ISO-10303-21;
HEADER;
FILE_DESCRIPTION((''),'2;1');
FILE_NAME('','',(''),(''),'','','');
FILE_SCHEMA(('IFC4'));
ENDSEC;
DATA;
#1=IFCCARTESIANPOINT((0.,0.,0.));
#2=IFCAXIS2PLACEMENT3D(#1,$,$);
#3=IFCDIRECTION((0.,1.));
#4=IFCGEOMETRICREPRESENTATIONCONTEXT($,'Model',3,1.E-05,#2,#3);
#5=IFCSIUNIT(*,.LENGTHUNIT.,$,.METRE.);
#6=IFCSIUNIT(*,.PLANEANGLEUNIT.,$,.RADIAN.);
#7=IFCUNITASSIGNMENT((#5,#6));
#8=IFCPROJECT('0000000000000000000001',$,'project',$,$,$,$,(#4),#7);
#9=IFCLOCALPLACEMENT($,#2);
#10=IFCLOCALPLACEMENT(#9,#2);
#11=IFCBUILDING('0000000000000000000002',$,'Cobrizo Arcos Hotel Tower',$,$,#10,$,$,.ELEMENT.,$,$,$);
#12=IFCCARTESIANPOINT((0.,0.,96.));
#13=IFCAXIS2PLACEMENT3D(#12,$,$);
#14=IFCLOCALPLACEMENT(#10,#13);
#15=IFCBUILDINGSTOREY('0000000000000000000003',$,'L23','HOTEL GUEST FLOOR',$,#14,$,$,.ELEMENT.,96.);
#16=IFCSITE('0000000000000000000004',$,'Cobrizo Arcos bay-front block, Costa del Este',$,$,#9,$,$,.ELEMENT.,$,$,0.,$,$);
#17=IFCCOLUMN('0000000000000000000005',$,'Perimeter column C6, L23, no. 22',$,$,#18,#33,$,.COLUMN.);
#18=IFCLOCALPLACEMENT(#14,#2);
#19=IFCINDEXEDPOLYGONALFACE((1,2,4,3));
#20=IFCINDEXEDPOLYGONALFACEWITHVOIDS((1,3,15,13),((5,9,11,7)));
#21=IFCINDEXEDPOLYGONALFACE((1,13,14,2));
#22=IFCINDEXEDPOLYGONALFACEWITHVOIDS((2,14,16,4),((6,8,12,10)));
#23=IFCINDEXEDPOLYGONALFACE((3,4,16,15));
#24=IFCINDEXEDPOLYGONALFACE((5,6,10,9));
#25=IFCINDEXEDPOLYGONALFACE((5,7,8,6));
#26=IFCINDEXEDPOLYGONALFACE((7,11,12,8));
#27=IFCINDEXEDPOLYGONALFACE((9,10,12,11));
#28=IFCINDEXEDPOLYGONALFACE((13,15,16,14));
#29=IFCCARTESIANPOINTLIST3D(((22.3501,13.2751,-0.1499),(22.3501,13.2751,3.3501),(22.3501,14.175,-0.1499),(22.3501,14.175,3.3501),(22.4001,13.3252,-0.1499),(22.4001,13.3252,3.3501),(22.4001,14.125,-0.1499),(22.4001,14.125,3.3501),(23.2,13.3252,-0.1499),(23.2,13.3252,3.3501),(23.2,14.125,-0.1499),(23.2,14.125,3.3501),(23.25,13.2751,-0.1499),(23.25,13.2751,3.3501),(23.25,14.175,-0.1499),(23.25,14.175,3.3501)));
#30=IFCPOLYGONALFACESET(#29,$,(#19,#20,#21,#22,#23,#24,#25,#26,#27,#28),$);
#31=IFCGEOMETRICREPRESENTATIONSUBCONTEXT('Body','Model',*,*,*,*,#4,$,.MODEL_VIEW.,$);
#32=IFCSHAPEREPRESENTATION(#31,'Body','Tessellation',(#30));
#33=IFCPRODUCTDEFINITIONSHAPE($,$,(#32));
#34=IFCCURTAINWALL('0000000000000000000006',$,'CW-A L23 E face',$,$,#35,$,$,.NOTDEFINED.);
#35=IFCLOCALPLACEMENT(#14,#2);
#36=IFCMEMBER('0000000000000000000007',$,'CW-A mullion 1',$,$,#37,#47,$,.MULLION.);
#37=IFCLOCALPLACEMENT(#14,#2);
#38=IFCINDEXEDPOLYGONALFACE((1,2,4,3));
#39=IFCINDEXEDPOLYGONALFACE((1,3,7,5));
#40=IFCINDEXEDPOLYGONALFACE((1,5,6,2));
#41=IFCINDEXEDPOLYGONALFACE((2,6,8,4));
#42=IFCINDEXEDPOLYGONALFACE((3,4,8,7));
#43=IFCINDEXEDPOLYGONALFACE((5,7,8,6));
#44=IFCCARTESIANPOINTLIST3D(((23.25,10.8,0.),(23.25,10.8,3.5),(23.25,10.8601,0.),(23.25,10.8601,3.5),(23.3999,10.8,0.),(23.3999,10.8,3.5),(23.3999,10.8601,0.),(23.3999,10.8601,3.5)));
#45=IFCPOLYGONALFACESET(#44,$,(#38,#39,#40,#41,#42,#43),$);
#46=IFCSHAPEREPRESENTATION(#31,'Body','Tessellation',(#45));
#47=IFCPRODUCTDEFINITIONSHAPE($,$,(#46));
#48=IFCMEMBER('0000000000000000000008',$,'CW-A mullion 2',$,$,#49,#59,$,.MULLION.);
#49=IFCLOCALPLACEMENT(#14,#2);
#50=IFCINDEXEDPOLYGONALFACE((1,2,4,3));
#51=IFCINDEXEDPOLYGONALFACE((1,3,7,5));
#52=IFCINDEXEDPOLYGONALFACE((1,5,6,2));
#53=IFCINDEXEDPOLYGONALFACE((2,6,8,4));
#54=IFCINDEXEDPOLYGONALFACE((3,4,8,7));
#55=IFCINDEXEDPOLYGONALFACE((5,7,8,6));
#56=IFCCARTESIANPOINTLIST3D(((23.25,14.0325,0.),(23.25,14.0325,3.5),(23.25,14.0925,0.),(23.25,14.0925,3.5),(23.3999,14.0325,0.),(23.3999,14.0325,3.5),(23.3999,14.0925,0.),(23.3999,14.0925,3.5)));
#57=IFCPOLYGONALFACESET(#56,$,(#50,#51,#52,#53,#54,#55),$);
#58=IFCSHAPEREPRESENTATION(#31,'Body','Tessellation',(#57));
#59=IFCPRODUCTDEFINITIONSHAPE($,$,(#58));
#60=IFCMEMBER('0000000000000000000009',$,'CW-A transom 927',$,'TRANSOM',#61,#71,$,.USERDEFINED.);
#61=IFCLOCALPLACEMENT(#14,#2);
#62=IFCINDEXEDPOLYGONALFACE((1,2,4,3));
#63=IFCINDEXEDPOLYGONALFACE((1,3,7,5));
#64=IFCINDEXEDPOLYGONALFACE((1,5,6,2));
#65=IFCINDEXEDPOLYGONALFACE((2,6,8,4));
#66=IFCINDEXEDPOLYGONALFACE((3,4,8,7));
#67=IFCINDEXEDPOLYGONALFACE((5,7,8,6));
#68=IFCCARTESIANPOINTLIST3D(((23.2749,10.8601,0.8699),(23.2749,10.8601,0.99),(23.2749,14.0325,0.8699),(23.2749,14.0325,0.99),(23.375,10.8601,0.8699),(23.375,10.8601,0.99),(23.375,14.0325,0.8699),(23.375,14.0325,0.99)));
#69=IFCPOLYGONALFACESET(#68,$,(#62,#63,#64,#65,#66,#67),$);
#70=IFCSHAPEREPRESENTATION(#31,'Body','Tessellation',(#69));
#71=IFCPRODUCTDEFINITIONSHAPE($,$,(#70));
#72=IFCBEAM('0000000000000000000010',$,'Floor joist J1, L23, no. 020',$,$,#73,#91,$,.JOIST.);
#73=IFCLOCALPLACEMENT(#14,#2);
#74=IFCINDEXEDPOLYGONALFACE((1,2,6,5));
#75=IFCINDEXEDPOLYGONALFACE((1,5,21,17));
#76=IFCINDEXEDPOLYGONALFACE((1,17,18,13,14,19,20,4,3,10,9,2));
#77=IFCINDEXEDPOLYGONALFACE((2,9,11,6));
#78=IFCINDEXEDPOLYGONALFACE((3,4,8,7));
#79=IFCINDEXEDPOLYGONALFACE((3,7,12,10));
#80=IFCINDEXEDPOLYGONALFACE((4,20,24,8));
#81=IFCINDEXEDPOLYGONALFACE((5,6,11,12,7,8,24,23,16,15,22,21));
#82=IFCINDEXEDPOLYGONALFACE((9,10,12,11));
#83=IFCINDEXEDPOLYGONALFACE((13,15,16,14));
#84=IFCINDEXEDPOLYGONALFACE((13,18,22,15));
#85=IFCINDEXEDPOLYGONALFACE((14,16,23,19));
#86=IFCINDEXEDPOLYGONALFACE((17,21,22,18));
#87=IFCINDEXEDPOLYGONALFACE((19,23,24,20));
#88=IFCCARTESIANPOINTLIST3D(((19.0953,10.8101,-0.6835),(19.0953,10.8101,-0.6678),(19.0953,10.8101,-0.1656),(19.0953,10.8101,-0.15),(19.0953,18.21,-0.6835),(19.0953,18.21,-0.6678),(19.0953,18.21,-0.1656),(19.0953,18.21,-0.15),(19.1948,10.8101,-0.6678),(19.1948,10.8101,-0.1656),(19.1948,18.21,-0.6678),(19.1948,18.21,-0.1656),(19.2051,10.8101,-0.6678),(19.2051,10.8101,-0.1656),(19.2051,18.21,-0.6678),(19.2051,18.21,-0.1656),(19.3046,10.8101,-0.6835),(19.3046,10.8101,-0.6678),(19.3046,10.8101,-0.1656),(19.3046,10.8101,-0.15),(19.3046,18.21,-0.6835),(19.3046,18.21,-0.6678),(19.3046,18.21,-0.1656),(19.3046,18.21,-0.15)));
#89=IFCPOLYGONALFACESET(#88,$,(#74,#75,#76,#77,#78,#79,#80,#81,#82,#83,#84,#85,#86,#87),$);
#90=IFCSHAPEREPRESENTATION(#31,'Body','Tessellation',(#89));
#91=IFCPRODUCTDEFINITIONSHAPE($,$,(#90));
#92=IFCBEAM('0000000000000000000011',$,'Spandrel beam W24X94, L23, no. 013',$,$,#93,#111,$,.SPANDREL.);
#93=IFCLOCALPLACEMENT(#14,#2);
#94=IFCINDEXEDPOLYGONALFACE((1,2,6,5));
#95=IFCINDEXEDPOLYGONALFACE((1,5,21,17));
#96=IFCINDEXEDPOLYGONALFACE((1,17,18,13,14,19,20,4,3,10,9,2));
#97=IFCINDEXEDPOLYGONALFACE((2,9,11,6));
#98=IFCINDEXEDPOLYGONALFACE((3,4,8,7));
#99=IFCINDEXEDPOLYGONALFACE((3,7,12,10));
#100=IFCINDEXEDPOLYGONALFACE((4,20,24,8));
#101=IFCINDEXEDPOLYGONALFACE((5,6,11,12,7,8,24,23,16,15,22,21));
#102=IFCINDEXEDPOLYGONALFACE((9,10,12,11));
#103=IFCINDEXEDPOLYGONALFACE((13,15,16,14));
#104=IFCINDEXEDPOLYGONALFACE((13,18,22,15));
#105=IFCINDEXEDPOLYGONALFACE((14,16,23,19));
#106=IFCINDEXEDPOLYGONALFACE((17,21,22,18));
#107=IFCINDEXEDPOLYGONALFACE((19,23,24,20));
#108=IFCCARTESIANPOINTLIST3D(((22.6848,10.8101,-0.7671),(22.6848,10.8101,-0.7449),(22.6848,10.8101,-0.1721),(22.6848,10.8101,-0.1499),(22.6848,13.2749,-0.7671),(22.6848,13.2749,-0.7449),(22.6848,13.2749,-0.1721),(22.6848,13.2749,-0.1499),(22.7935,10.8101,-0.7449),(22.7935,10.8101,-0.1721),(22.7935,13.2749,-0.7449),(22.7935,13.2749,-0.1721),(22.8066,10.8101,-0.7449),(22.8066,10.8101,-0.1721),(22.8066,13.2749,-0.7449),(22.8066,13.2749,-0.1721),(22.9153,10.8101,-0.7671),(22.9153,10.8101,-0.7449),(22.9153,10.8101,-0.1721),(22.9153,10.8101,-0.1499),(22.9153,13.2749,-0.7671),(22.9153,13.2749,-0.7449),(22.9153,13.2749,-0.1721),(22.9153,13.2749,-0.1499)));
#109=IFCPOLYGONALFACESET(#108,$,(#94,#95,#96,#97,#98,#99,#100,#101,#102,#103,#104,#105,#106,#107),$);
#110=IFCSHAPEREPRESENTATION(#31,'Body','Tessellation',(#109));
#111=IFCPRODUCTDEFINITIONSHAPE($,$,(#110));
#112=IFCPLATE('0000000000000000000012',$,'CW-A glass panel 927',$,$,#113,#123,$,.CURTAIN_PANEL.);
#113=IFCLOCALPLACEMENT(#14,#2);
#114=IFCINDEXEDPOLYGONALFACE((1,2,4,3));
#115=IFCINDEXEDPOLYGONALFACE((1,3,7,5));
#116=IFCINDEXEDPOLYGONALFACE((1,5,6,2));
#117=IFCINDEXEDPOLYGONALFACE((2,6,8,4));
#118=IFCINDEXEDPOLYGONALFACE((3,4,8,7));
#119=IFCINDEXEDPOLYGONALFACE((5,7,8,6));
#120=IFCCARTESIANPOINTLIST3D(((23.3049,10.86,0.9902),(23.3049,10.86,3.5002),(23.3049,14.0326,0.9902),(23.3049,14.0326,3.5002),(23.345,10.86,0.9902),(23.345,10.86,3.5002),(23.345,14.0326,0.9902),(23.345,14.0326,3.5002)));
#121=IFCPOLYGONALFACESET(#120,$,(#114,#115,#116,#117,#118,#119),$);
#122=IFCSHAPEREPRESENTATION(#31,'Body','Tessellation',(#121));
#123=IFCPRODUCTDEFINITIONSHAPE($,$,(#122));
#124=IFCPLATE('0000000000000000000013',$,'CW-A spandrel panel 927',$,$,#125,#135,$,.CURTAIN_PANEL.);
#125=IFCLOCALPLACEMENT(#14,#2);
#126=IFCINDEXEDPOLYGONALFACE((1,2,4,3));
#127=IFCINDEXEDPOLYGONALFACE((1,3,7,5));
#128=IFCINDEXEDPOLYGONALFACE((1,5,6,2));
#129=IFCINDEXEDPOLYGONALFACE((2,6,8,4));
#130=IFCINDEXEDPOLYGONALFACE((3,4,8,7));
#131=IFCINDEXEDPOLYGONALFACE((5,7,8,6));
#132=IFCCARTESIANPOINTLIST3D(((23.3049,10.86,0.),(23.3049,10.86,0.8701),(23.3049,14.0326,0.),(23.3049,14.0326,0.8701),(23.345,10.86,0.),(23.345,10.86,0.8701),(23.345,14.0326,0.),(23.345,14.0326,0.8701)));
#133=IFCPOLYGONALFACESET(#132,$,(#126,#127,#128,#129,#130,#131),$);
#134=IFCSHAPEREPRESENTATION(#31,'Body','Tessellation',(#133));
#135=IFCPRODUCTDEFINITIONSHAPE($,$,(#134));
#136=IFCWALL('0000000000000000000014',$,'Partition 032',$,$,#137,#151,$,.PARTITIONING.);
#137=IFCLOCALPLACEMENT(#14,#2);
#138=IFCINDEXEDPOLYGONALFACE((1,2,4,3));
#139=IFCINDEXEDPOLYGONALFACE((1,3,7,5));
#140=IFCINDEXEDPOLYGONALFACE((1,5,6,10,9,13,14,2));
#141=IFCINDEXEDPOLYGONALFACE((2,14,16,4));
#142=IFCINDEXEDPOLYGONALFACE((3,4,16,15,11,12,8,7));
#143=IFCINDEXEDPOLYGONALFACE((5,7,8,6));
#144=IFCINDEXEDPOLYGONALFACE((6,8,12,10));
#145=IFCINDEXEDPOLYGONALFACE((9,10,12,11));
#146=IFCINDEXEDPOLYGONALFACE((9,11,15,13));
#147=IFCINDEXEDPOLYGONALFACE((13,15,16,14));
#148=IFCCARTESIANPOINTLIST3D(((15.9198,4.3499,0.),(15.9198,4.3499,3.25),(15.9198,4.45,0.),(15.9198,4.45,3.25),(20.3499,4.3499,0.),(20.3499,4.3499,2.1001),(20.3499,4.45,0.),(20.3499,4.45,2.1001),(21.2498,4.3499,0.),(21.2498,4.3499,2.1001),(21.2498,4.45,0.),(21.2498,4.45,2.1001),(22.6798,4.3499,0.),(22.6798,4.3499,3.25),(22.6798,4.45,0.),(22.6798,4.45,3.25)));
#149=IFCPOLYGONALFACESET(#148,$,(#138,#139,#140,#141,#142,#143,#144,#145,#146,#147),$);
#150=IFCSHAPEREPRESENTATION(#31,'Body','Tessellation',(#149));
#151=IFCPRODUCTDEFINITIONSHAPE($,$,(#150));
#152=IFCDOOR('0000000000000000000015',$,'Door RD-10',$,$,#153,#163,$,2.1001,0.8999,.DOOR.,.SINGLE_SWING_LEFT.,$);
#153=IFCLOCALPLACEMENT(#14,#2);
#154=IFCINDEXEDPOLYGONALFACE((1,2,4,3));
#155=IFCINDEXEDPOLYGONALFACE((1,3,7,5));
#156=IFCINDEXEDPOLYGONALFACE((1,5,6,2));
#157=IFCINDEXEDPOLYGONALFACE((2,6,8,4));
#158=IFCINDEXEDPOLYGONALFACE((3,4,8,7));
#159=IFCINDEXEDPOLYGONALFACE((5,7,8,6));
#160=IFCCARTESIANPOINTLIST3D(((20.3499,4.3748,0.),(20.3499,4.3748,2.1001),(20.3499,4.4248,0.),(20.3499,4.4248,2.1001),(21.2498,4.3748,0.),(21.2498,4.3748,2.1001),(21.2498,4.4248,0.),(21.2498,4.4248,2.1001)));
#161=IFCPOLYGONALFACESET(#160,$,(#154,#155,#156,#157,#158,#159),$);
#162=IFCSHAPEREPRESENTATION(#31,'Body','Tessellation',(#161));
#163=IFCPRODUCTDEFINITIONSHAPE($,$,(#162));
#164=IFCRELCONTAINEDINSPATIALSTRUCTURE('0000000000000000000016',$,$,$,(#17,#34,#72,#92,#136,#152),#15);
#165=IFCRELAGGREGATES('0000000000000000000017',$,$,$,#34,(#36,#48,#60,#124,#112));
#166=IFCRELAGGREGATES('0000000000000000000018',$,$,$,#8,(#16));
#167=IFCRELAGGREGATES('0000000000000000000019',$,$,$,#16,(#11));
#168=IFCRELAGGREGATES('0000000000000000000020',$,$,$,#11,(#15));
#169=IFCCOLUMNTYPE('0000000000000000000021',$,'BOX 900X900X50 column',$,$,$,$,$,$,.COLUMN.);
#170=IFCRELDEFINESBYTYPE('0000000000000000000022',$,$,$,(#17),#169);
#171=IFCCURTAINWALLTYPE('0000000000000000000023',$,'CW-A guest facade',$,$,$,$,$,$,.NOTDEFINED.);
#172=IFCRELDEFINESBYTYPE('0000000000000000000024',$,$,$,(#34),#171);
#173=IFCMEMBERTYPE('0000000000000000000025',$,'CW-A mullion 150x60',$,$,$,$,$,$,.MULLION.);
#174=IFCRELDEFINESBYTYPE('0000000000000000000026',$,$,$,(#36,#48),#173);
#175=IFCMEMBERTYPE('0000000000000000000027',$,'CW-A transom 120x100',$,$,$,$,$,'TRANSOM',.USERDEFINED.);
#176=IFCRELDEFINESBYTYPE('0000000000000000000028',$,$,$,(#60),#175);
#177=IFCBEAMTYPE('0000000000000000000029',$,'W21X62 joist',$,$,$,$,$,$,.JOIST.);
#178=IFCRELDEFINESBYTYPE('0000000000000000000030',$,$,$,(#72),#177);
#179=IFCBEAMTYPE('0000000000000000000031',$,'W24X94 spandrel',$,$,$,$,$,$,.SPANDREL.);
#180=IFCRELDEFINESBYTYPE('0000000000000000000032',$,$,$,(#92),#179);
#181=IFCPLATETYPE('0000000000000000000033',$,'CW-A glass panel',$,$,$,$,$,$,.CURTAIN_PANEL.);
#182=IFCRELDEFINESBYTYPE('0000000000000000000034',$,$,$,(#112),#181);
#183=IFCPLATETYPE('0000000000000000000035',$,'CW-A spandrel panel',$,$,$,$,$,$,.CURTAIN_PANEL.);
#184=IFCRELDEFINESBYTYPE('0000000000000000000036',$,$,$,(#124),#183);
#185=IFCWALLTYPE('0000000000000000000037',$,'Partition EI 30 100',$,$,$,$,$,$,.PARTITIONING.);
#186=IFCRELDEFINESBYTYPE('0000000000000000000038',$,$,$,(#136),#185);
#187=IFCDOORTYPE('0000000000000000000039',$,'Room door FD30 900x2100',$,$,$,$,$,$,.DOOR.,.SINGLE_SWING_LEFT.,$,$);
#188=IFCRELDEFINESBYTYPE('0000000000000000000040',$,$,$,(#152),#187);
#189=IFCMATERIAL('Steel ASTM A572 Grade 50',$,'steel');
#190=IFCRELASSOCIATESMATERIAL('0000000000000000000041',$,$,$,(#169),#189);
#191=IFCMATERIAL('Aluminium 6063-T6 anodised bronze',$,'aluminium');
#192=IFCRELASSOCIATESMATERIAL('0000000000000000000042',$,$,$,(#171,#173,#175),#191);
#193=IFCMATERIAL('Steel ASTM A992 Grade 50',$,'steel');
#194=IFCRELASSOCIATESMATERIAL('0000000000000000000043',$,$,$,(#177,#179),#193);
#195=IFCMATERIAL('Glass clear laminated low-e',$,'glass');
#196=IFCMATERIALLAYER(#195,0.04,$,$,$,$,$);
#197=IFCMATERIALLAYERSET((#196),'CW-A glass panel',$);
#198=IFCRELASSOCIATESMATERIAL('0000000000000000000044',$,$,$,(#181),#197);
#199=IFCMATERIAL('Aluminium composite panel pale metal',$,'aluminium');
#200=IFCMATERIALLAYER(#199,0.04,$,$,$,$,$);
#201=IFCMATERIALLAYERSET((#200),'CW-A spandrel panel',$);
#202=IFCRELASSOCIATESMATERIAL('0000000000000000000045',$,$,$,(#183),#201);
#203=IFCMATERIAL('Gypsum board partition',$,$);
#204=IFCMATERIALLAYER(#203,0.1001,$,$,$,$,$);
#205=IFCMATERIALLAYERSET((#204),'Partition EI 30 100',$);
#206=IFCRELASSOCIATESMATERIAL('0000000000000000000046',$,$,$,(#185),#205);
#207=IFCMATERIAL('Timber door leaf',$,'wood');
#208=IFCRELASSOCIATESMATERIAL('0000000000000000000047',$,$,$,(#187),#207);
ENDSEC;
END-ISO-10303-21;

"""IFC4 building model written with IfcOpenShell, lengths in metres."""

from ifc_helpers import new_model, si_unit, direction, frame, frame_2d, origin, origin_2d, place, context, subcontext, project, spatial, rectangle, hollow_rectangle, i_section, extrude, material, layer, layer_set, material_profile, profile_set, type_object, element, fill, aggregate, save


model = new_model("IFC4")

# Units and contexts
model_context = context("Model", 3, precision=1e-05, world=origin(), true_north=direction((0.0, 1.0)))
body_context = subcontext(model_context, "Body", "Model", "MODEL_VIEW")
ifc_project = project(units=[si_unit("LENGTHUNIT", "METRE"), si_unit("PLANEANGLEUNIT", "RADIAN")], contexts=[model_context])

# Site, building, storey
site_placement = place(None, origin())
site = spatial("IfcSite", under=ifc_project, at=site_placement, Name="Cobrizo Arcos bay-front block, Costa del Este", CompositionType="ELEMENT", RefElevation=0.0)
building_placement = place(site_placement, origin())
building = spatial("IfcBuilding", under=site, at=building_placement, Name="Cobrizo Arcos Hotel Tower", CompositionType="ELEMENT")
storey_placement = place(building_placement, frame((0.0, 0.0, 96.0)))
storey = spatial("IfcBuildingStorey", under=building, at=storey_placement, Name="L23", Description="HOTEL GUEST FLOOR", CompositionType="ELEMENT", Elevation=96.0)

# Column
ifc_material_1 = material(Name="Steel ASTM A572 Grade 50", Category="steel")
ifc_material_profile_1 = material_profile(ifc_material_1, hollow_rectangle(XDim=0.8999, YDim=0.8999, WallThickness=0.05, at=origin_2d()), Name="BOX 900X900X50")
ifc_profile_set_1 = profile_set([ifc_material_profile_1], Name="Steel ASTM A572 Grade 50")
column_type = type_object("IfcColumnType", Name="BOX 900X900X50 column", PredefinedType="COLUMN", material=ifc_profile_set_1)
column_placement = place(storey_placement, frame((22.8, 13.7251, -0.1499), z_axis=(0.0, 0.0, 1.0), x_axis=(1.0, 0.0, 0.0)))
element("IfcColumn", 1, at=column_placement, inside=storey, type_object=column_type, Name="Perimeter column C6, L23, no. 22", PredefinedType="COLUMN", context=body_context, shape_type="SweptSolid", body=[
    extrude(hollow_rectangle(XDim=0.8999, YDim=0.8999, WallThickness=0.05, at=origin_2d()), origin(), (0.0, 0.0, 1.0), 3.5),
])

# Curtain wall, members
ifc_material_2 = material(Name="Aluminium 6063-T6 anodised bronze", Category="aluminium")
curtain_wall_type = type_object("IfcCurtainWallType", Name="CW-A guest facade", PredefinedType="NOTDEFINED", material=ifc_material_2)
curtain_wall_placement = place(storey_placement, origin())
curtain_wall = element("IfcCurtainWall", 2, at=curtain_wall_placement, inside=storey, type_object=curtain_wall_type, Name="CW-A L23 E face", PredefinedType="NOTDEFINED")
ifc_material_profile_2 = material_profile(ifc_material_2, rectangle(XDim=0.1499, YDim=0.0601, at=origin_2d()), Name="CW-A mullion 150x60")
ifc_profile_set_2 = profile_set([ifc_material_profile_2], Name="Aluminium 6063-T6 anodised bronze")
member_type_1 = type_object("IfcMemberType", Name="CW-A mullion 150x60", PredefinedType="MULLION", material=ifc_profile_set_2)
member_1_placement = place(storey_placement, frame((23.325, 10.8301, 0.0), z_axis=(0.0, 0.0, 1.0), x_axis=(1.0, 0.0, 0.0)))
member_1 = element("IfcMember", 3, at=member_1_placement, type_object=member_type_1, Name="CW-A mullion 1", PredefinedType="MULLION", context=body_context, shape_type="SweptSolid", body=[
    extrude(rectangle(XDim=0.1499, YDim=0.0601, at=origin_2d()), origin(), (0.0, 0.0, 1.0), 3.5),
])
member_2_placement = place(storey_placement, frame((23.325, 14.0625, 0.0), z_axis=(0.0, 0.0, 1.0), x_axis=(1.0, 0.0, 0.0)))
member_2 = element("IfcMember", 4, at=member_2_placement, type_object=member_type_1, Name="CW-A mullion 2", PredefinedType="MULLION", context=body_context, shape_type="SweptSolid", body=[
    extrude(rectangle(XDim=0.1499, YDim=0.0601, at=origin_2d()), origin(), (0.0, 0.0, 1.0), 3.5),
])
ifc_material_profile_3 = material_profile(ifc_material_2, rectangle(XDim=0.1001, YDim=0.1201, at=origin_2d()), Name="CW-A transom 120x100")
ifc_profile_set_3 = profile_set([ifc_material_profile_3], Name="Aluminium 6063-T6 anodised bronze")
member_type_2 = type_object("IfcMemberType", Name="CW-A transom 120x100", ElementType="TRANSOM", PredefinedType="USERDEFINED", material=ifc_profile_set_3)
member_3_placement = place(storey_placement, frame((23.325, 10.8601, 0.9299), z_axis=(0.0, 1.0, 0.0), x_axis=(-1.0, 0.0, 0.0)))
member_3 = element("IfcMember", 5, at=member_3_placement, type_object=member_type_2, Name="CW-A transom 927", ObjectType="TRANSOM", PredefinedType="USERDEFINED", context=body_context, shape_type="SweptSolid", body=[
    extrude(rectangle(XDim=0.1001, YDim=0.1201, at=origin_2d()), origin(), (0.0, 0.0, 1.0), 3.1724),
])

# Beams
ifc_material_3 = material(Name="Steel ASTM A992 Grade 50", Category="steel")
ifc_material_profile_4 = material_profile(ifc_material_3, i_section(OverallWidth=0.2092, OverallDepth=0.5334, WebThickness=0.0103, FlangeThickness=0.0156, at=origin_2d()), Name="W21X62")
ifc_profile_set_4 = profile_set([ifc_material_profile_4], Name="Steel ASTM A992 Grade 50")
beam_type_1 = type_object("IfcBeamType", Name="W21X62 joist", PredefinedType="JOIST", material=ifc_profile_set_4)
beam_1_placement = place(storey_placement, frame((19.2, 10.8101, -0.4167), z_axis=(0.0, 1.0, 0.0), x_axis=(-1.0, 0.0, 0.0)))
element("IfcBeam", 6, at=beam_1_placement, inside=storey, type_object=beam_type_1, Name="Floor joist J1, L23, no. 020", PredefinedType="JOIST", context=body_context, shape_type="SweptSolid", body=[
    extrude(i_section(OverallWidth=0.2092, OverallDepth=0.5334, WebThickness=0.0103, FlangeThickness=0.0156, at=origin_2d()), origin(), (0.0, 0.0, 1.0), 7.3999),
])
ifc_material_profile_5 = material_profile(ifc_material_3, i_section(OverallWidth=0.2305, OverallDepth=0.6172, WebThickness=0.0132, FlangeThickness=0.0222, at=origin_2d()), Name="W24X94")
ifc_profile_set_5 = profile_set([ifc_material_profile_5], Name="Steel ASTM A992 Grade 50")
beam_type_2 = type_object("IfcBeamType", Name="W24X94 spandrel", PredefinedType="SPANDREL", material=ifc_profile_set_5)
beam_2_placement = place(storey_placement, frame((22.8, 10.8101, -0.4585), z_axis=(0.0, 1.0, 0.0), x_axis=(-1.0, 0.0, 0.0)))
element("IfcBeam", 7, at=beam_2_placement, inside=storey, type_object=beam_type_2, Name="Spandrel beam W24X94, L23, no. 013", PredefinedType="SPANDREL", context=body_context, shape_type="SweptSolid", body=[
    extrude(i_section(OverallWidth=0.2305, OverallDepth=0.6172, WebThickness=0.0132, FlangeThickness=0.0222, at=origin_2d()), origin(), (0.0, 0.0, 1.0), 2.4648),
])

# Plates
ifc_material_4 = material(Name="Glass clear laminated low-e", Category="glass")
ifc_layer_1 = layer(ifc_material_4, 0.04)
ifc_layer_set_1 = layer_set([ifc_layer_1], Name="CW-A glass panel")
plate_type_1 = type_object("IfcPlateType", Name="CW-A glass panel", PredefinedType="CURTAIN_PANEL", material=ifc_layer_set_1)
plate_1_placement = place(storey_placement, frame((23.325, 12.4463, 0.9902), z_axis=(0.0, 0.0, 1.0), x_axis=(0.0, 1.0, 0.0)))
plate_1 = element("IfcPlate", 8, at=plate_1_placement, type_object=plate_type_1, Name="CW-A glass panel 927", PredefinedType="CURTAIN_PANEL", context=body_context, shape_type="SweptSolid", body=[
    extrude(rectangle(XDim=3.1726, YDim=0.04, at=origin_2d()), origin(), (0.0, 0.0, 1.0), 2.51),
])
ifc_material_5 = material(Name="Aluminium composite panel pale metal", Category="aluminium")
ifc_layer_2 = layer(ifc_material_5, 0.04)
ifc_layer_set_2 = layer_set([ifc_layer_2], Name="CW-A spandrel panel")
plate_type_2 = type_object("IfcPlateType", Name="CW-A spandrel panel", PredefinedType="CURTAIN_PANEL", material=ifc_layer_set_2)
plate_2_placement = place(storey_placement, frame((23.325, 12.4463, 0.0), z_axis=(0.0, 0.0, 1.0), x_axis=(0.0, 1.0, 0.0)))
plate_2 = element("IfcPlate", 9, at=plate_2_placement, type_object=plate_type_2, Name="CW-A spandrel panel 927", PredefinedType="CURTAIN_PANEL", context=body_context, shape_type="SweptSolid", body=[
    extrude(rectangle(XDim=3.1726, YDim=0.04, at=origin_2d()), origin(), (0.0, 0.0, 1.0), 0.8701),
])
aggregate(curtain_wall, [member_1, member_2, member_3, plate_2, plate_1])

# Wall, opening, door
ifc_material_6 = material(Name="Gypsum board partition")
ifc_layer_3 = layer(ifc_material_6, 0.1001)
ifc_layer_set_3 = layer_set([ifc_layer_3], Name="Partition EI 30 100")
wall_type_1 = type_object("IfcWallType", Name="Partition EI 30 100", PredefinedType="PARTITIONING", material=ifc_layer_set_3)
wall_1_placement = place(storey_placement, frame((15.9199, 4.3999, 0.0), z_axis=(0.0, 0.0, 1.0), x_axis=(1.0, 0.0, 0.0)))
wall_1 = element("IfcWall", 10, at=wall_1_placement, inside=storey, type_object=wall_type_1, Name="Partition 032", PredefinedType="PARTITIONING", context=body_context, shape_type="SweptSolid", body=[
    extrude(rectangle(XDim=6.76, YDim=0.1001, at=frame_2d((3.3799, 0.0))), origin(), (0.0, 0.0, 1.0), 3.25),
])
opening_1_placement = place(wall_1_placement, frame((4.4299, 0.0, 0.0)))
opening_1 = element("IfcOpeningElement", 11, at=opening_1_placement, cuts=wall_1, PredefinedType="OPENING", context=body_context, shape_type="SweptSolid", body=[
    extrude(rectangle(XDim=0.8999, YDim=2.1001, at=frame_2d((0.45, 1.05))), frame((0.0, 0.062, 0.0), z_axis=(0.0, -1.0, 0.0), x_axis=(1.0, 0.0, 0.0)), (0.0, 0.0, 1.0), 0.124),
])
ifc_material_7 = material(Name="Timber door leaf", Category="wood")
door_type_1 = type_object("IfcDoorType", Name="Room door FD30 900x2100", OperationType="SINGLE_SWING_LEFT", PredefinedType="DOOR", material=ifc_material_7)
door_1_placement = place(opening_1_placement, origin())
door_1 = element("IfcDoor", 12, at=door_1_placement, inside=storey, type_object=door_type_1, Name="Door RD-10", OperationType="SINGLE_SWING_LEFT", OverallHeight=2.1001, OverallWidth=0.8999, PredefinedType="DOOR", context=body_context, shape_type="SweptSolid", body=[
    extrude(rectangle(XDim=0.8999, YDim=2.1001, at=frame_2d((0.45, 1.05))), frame((0.0, 0.0249, 0.0), z_axis=(0.0, -1.0, 0.0), x_axis=(1.0, 0.0, 0.0)), (0.0, 0.0, 1.0), 0.05),
])
fill(opening_1, door_1)

save(model, "model.ifc")
